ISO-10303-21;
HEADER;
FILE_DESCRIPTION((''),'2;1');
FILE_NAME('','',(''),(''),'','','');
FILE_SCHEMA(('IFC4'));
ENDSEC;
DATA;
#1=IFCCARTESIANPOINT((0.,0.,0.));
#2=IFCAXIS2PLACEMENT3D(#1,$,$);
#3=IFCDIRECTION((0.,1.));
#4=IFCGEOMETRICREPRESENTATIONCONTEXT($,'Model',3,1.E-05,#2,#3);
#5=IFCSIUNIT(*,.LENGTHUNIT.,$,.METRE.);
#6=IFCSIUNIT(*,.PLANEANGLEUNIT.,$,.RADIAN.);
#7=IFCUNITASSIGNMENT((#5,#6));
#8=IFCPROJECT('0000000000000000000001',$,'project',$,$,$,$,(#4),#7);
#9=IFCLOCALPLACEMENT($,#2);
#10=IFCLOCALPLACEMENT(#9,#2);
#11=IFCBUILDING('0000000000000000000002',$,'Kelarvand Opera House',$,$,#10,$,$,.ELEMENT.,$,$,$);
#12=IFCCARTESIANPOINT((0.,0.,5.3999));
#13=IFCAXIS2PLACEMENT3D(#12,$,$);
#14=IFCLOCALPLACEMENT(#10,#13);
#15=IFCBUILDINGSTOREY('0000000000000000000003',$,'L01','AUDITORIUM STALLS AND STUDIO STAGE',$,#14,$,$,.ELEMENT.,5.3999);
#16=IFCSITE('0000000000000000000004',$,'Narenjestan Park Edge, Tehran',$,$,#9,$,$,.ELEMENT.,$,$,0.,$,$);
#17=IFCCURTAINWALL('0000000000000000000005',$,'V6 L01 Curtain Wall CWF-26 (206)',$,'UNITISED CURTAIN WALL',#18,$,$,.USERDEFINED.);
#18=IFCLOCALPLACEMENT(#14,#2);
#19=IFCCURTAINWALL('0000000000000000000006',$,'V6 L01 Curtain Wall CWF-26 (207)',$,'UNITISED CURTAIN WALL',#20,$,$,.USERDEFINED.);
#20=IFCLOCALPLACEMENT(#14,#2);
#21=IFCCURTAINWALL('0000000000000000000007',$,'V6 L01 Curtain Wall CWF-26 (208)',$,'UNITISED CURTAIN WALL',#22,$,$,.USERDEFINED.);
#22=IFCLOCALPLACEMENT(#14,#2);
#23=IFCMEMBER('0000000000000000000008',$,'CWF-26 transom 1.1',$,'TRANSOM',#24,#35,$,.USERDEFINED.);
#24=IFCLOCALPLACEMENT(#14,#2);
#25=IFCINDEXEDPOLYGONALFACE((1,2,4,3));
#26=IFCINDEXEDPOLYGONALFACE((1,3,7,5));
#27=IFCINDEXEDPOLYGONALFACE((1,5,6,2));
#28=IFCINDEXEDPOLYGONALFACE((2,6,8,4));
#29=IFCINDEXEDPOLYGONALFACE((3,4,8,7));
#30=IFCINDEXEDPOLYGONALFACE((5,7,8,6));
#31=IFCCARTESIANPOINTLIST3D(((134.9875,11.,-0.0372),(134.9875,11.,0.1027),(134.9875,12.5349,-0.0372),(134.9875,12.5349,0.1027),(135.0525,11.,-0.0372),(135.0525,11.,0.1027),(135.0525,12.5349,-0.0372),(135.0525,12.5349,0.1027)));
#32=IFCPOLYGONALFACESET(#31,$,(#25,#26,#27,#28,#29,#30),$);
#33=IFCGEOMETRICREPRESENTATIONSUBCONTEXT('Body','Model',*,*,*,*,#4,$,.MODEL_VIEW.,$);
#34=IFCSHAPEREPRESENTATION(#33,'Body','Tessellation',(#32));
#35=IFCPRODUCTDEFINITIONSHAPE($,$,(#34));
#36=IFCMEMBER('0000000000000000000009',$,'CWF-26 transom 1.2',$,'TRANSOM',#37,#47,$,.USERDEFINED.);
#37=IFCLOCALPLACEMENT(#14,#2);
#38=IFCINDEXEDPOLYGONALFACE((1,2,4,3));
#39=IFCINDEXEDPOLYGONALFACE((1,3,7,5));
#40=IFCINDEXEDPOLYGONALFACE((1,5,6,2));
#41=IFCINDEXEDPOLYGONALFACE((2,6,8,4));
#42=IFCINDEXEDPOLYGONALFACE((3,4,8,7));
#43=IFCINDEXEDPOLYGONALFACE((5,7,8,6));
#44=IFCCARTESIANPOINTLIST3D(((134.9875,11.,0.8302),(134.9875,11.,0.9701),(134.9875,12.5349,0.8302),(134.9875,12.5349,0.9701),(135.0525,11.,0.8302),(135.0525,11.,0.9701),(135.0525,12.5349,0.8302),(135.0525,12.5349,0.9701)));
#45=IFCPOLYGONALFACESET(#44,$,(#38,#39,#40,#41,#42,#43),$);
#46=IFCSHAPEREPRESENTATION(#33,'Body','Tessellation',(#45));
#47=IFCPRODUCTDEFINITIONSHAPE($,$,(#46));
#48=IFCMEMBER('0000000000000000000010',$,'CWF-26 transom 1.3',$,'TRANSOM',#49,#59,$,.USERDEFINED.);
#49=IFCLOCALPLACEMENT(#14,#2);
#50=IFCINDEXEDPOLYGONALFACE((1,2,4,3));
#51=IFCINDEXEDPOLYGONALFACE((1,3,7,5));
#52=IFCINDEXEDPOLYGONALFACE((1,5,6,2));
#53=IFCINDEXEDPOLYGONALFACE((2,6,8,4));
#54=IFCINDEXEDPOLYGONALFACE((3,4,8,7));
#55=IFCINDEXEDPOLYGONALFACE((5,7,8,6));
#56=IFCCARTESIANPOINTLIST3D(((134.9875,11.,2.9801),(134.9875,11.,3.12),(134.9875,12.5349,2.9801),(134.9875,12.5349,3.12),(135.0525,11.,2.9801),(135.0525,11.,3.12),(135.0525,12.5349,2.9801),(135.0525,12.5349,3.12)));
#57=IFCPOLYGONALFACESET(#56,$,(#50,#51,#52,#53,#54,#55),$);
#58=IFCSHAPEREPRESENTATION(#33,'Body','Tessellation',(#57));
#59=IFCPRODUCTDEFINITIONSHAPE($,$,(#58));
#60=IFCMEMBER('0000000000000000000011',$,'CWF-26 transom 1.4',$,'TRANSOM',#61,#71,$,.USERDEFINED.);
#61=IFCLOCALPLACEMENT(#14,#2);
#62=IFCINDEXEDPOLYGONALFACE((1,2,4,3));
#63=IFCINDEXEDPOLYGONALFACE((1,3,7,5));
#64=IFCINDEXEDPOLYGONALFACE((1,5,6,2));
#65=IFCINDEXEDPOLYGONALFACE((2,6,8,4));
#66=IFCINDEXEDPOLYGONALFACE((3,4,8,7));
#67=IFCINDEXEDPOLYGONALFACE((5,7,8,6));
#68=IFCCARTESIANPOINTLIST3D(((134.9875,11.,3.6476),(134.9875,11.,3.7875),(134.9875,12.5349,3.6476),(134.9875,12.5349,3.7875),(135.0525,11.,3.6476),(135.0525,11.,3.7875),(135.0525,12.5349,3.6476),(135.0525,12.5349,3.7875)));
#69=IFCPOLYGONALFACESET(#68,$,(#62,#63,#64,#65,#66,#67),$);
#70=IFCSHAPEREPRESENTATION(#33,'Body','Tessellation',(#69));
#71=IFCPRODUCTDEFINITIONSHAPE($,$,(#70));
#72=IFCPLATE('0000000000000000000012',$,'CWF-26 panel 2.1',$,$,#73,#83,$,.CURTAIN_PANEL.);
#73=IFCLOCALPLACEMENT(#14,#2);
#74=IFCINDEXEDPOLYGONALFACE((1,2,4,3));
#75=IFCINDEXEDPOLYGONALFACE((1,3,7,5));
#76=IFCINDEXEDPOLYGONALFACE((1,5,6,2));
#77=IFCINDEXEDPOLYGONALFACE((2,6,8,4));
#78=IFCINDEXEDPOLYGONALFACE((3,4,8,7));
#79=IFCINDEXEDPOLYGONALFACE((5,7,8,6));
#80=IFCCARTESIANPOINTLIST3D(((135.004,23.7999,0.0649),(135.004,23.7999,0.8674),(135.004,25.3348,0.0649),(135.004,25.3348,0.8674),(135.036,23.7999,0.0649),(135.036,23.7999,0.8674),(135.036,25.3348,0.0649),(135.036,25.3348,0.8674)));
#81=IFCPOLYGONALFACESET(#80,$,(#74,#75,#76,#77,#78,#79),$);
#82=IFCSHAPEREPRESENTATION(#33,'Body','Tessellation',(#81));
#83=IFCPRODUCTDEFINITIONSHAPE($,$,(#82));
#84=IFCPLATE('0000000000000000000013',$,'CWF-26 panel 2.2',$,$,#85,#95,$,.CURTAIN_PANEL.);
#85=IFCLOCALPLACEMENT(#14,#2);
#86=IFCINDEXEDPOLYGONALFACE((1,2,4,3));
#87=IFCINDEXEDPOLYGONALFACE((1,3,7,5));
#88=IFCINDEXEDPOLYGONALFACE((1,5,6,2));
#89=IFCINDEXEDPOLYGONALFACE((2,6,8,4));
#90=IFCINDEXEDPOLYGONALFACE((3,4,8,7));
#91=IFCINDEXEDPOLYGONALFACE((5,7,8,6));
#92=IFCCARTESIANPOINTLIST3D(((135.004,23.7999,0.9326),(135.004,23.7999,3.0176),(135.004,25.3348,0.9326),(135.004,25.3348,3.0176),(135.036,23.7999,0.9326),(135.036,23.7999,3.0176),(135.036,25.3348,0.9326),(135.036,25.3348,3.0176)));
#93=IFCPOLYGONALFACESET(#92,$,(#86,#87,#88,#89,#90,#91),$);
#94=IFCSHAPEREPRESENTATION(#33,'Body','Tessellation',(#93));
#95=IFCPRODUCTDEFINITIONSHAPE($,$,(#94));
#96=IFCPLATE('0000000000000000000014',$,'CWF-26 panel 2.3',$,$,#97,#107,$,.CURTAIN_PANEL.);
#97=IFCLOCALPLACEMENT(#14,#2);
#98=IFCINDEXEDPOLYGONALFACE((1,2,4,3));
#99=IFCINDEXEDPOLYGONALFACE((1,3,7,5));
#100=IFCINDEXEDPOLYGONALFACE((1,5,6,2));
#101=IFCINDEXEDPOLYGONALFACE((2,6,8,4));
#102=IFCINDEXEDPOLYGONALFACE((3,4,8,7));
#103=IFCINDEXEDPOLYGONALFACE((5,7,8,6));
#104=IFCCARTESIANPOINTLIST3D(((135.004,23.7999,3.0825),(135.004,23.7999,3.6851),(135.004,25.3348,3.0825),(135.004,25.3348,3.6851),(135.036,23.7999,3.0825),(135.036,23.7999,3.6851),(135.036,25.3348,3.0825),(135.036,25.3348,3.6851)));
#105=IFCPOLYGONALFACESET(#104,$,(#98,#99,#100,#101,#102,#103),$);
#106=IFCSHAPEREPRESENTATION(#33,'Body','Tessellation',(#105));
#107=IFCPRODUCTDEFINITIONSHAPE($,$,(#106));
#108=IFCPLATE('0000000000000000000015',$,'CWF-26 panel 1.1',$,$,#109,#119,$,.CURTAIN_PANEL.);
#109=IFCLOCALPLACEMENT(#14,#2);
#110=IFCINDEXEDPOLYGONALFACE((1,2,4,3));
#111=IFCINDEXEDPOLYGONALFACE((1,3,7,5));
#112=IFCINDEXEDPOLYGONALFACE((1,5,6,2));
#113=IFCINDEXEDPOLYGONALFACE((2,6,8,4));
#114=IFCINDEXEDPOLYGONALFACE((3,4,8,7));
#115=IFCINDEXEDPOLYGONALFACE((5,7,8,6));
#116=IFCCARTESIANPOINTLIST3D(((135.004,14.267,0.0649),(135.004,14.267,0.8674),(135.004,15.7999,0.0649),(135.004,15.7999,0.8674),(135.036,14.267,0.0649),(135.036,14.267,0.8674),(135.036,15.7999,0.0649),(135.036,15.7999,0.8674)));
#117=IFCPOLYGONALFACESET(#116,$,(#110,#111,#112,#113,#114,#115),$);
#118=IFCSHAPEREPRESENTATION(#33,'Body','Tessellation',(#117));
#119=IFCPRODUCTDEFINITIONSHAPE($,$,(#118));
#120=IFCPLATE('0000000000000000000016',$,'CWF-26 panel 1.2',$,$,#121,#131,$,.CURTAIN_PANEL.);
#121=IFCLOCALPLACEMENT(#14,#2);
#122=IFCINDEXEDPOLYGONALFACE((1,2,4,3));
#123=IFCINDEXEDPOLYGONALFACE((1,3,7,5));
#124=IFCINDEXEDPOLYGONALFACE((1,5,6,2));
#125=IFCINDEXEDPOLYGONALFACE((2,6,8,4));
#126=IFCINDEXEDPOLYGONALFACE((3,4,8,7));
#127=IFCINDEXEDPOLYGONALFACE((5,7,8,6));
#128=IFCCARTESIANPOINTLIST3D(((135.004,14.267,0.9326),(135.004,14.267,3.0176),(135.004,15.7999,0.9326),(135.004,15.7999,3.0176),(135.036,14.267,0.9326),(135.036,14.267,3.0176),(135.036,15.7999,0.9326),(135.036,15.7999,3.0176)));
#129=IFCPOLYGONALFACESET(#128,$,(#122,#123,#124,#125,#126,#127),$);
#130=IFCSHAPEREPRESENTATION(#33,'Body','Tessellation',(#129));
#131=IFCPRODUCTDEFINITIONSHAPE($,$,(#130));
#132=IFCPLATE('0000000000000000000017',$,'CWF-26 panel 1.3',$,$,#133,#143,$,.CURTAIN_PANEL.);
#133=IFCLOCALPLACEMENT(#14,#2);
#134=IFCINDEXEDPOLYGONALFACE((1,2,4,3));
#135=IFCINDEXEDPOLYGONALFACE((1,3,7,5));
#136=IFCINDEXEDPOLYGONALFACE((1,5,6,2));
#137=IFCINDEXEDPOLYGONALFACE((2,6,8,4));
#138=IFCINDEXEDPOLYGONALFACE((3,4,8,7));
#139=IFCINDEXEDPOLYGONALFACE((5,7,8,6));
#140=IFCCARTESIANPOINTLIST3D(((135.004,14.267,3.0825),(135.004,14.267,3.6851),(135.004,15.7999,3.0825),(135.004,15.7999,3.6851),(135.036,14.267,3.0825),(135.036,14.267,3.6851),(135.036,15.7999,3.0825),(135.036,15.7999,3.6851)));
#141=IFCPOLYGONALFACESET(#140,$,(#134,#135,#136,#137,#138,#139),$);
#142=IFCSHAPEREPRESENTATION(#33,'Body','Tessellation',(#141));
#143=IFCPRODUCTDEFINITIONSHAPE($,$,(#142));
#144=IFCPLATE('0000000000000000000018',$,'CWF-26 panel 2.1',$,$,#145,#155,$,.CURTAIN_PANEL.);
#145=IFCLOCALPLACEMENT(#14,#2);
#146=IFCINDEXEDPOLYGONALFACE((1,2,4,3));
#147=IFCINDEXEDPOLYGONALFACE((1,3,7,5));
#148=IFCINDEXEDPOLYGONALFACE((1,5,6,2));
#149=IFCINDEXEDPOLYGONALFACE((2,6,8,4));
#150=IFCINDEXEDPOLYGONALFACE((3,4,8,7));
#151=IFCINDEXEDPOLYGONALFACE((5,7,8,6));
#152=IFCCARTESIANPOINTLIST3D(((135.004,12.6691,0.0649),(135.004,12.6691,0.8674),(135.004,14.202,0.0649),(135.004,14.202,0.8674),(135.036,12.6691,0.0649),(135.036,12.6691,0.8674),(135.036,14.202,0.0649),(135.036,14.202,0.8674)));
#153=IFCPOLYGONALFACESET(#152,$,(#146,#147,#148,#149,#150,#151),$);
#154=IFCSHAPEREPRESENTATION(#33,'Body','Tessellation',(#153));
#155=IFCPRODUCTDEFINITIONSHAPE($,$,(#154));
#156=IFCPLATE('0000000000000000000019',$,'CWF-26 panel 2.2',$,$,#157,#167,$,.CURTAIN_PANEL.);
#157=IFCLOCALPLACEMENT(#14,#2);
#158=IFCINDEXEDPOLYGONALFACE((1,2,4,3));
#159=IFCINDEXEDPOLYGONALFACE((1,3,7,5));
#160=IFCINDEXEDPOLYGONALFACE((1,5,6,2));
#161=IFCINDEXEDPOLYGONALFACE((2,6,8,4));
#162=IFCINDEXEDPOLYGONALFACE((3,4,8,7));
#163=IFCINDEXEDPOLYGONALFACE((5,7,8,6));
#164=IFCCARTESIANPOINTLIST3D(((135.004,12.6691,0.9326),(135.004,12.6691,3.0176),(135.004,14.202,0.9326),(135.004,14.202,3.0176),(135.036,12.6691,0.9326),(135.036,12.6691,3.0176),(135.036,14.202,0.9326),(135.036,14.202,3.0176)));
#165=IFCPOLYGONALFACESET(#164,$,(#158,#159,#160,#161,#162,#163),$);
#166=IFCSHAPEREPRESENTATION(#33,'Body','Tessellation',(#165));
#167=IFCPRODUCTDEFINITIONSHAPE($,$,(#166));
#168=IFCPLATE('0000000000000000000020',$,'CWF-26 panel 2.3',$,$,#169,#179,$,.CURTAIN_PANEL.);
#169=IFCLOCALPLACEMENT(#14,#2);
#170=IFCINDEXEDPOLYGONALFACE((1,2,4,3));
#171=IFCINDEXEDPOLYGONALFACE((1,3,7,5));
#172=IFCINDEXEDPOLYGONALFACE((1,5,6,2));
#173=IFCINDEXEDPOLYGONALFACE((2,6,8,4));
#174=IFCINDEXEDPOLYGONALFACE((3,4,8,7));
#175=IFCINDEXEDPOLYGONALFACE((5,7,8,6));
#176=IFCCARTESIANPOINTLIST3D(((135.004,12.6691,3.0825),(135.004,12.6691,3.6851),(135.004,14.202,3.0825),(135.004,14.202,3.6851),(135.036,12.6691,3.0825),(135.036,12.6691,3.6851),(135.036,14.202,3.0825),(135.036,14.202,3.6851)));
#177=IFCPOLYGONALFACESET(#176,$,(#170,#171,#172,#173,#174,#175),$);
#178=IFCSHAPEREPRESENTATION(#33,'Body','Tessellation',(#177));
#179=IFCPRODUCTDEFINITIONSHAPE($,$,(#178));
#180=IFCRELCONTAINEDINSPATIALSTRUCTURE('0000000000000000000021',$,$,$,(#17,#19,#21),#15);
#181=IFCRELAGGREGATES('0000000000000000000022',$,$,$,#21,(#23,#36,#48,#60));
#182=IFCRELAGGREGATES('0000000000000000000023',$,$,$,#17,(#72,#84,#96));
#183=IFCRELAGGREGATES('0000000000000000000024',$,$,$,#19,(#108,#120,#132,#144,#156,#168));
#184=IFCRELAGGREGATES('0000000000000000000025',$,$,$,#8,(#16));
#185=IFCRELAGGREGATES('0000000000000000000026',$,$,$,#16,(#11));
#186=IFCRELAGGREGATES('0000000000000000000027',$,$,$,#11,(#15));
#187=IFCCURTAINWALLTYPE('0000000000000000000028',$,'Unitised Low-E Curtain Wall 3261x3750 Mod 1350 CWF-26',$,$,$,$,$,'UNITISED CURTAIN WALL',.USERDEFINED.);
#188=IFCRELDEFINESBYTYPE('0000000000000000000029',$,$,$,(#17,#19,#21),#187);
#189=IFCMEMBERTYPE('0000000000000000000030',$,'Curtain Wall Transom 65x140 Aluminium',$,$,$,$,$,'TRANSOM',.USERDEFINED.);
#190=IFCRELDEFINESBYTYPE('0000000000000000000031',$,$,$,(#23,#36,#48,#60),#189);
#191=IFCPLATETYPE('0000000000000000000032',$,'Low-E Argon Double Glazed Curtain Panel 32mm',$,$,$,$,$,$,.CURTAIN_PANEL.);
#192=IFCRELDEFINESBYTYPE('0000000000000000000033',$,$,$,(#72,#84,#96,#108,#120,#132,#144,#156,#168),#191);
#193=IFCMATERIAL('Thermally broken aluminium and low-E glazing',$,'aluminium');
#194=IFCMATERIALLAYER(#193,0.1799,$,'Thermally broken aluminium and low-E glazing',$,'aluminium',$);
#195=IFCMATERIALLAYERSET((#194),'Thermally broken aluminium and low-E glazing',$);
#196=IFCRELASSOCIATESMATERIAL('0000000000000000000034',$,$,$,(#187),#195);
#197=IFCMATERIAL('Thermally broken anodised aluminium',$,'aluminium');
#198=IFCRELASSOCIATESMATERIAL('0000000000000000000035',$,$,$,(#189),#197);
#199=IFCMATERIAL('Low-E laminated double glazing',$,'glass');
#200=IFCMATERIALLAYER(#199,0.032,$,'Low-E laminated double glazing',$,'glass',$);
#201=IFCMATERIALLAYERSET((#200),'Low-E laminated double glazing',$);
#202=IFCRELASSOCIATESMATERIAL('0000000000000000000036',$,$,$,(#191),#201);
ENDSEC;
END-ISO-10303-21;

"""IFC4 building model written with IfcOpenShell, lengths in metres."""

from ifc_helpers import new_model, si_unit, direction, frame, origin, origin_2d, place, context, subcontext, project, spatial, rectangle, extrude, material, layer, layer_set, material_profile, profile_set, type_object, element, aggregate, save


model = new_model("IFC4")

# Units and contexts
model_context = context("Model", 3, precision=1e-05, world=origin(), true_north=direction((0.0, 1.0)))
body_context = subcontext(model_context, "Body", "Model", "MODEL_VIEW")
ifc_project = project(units=[si_unit("LENGTHUNIT", "METRE"), si_unit("PLANEANGLEUNIT", "RADIAN")], contexts=[model_context])

# Site, building, storey
site_placement = place(None, origin())
site = spatial("IfcSite", under=ifc_project, at=site_placement, Name="Narenjestan Park Edge, Tehran", CompositionType="ELEMENT", RefElevation=0.0)
building_placement = place(site_placement, origin())
building = spatial("IfcBuilding", under=site, at=building_placement, Name="Kelarvand Opera House", CompositionType="ELEMENT")
storey_placement = place(building_placement, frame((0.0, 0.0, 5.3999)))
storey = spatial("IfcBuildingStorey", under=building, at=storey_placement, Name="L01", Description="AUDITORIUM STALLS AND STUDIO STAGE", CompositionType="ELEMENT", Elevation=5.3999)

# Curtain wall
ifc_material_1 = material(Name="Thermally broken aluminium and low-E glazing", Category="aluminium")
ifc_layer_1 = layer(ifc_material_1, 0.1799, Name="Thermally broken aluminium and low-E glazing", Category="aluminium")
ifc_layer_set_1 = layer_set([ifc_layer_1], Name="Thermally broken aluminium and low-E glazing")
curtain_wall_type = type_object("IfcCurtainWallType", Name="Unitised Low-E Curtain Wall 3261x3750 Mod 1350 CWF-26", ElementType="UNITISED CURTAIN WALL", PredefinedType="USERDEFINED", material=ifc_layer_set_1)
curtain_wall_1_placement = place(storey_placement, origin())
curtain_wall_1 = element("IfcCurtainWall", 1, at=curtain_wall_1_placement, inside=storey, type_object=curtain_wall_type, Name="V6 L01 Curtain Wall CWF-26 (206)", ObjectType="UNITISED CURTAIN WALL", PredefinedType="USERDEFINED")
ifc_material_2 = material(Name="Thermally broken anodised aluminium", Category="aluminium")

# Curtain wall
curtain_wall_2_placement = place(storey_placement, origin())
curtain_wall_2 = element("IfcCurtainWall", 2, at=curtain_wall_2_placement, inside=storey, type_object=curtain_wall_type, Name="V6 L01 Curtain Wall CWF-26 (207)", ObjectType="UNITISED CURTAIN WALL", PredefinedType="USERDEFINED")

# Curtain wall
curtain_wall_3_placement = place(storey_placement, origin())
curtain_wall_3 = element("IfcCurtainWall", 3, at=curtain_wall_3_placement, inside=storey, type_object=curtain_wall_type, Name="V6 L01 Curtain Wall CWF-26 (208)", ObjectType="UNITISED CURTAIN WALL", PredefinedType="USERDEFINED")

# Members
ifc_material_profile_1 = material_profile(ifc_material_2, rectangle(XDim=0.0649, YDim=0.1399, at=origin_2d()), Name="ALU TRANSOM 65x140", Category="aluminium")
ifc_profile_set_1 = profile_set([ifc_material_profile_1], Name="Thermally broken anodised aluminium")
member_type_1 = type_object("IfcMemberType", Name="Curtain Wall Transom 65x140 Aluminium", ElementType="TRANSOM", PredefinedType="USERDEFINED", material=ifc_profile_set_1)
member_1_placement = place(storey_placement, frame((135.02, 12.5349, 0.0327), z_axis=(0.0, -1.0, 0.0), x_axis=(1.0, 0.0, 0.0)))
member_1 = element("IfcMember", 4, at=member_1_placement, type_object=member_type_1, Name="CWF-26 transom 1.1", ObjectType="TRANSOM", PredefinedType="USERDEFINED", context=body_context, shape_type="SweptSolid", body=[
    extrude(rectangle(XDim=0.0649, YDim=0.1399, at=origin_2d()), origin(), (0.0, 0.0, 1.0), 1.5349),
])
member_2_placement = place(storey_placement, frame((135.02, 12.5349, 0.9001), z_axis=(0.0, -1.0, 0.0), x_axis=(1.0, 0.0, 0.0)))
member_2 = element("IfcMember", 5, at=member_2_placement, type_object=member_type_1, Name="CWF-26 transom 1.2", ObjectType="TRANSOM", PredefinedType="USERDEFINED", context=body_context, shape_type="SweptSolid", body=[
    extrude(rectangle(XDim=0.0649, YDim=0.1399, at=origin_2d()), origin(), (0.0, 0.0, 1.0), 1.5349),
])
member_3_placement = place(storey_placement, frame((135.02, 12.5349, 3.05), z_axis=(0.0, -1.0, 0.0), x_axis=(1.0, 0.0, 0.0)))
member_3 = element("IfcMember", 6, at=member_3_placement, type_object=member_type_1, Name="CWF-26 transom 1.3", ObjectType="TRANSOM", PredefinedType="USERDEFINED", context=body_context, shape_type="SweptSolid", body=[
    extrude(rectangle(XDim=0.0649, YDim=0.1399, at=origin_2d()), origin(), (0.0, 0.0, 1.0), 1.5349),
])
member_4_placement = place(storey_placement, frame((135.02, 12.5349, 3.7175), z_axis=(0.0, -1.0, 0.0), x_axis=(1.0, 0.0, 0.0)))
member_4 = element("IfcMember", 7, at=member_4_placement, type_object=member_type_1, Name="CWF-26 transom 1.4", ObjectType="TRANSOM", PredefinedType="USERDEFINED", context=body_context, shape_type="SweptSolid", body=[
    extrude(rectangle(XDim=0.0649, YDim=0.1399, at=origin_2d()), origin(), (0.0, 0.0, 1.0), 1.5349),
])
aggregate(curtain_wall_3, [member_1, member_2, member_3, member_4])

# Plates
ifc_material_3 = material(Name="Low-E laminated double glazing", Category="glass")
ifc_layer_2 = layer(ifc_material_3, 0.032, Name="Low-E laminated double glazing", Category="glass")
ifc_layer_set_2 = layer_set([ifc_layer_2], Name="Low-E laminated double glazing")
plate_type = type_object("IfcPlateType", Name="Low-E Argon Double Glazed Curtain Panel 32mm", PredefinedType="CURTAIN_PANEL", material=ifc_layer_set_2)
plate_1_placement = place(storey_placement, frame((135.02, 24.5674, 0.0649), z_axis=(0.0, 0.0, 1.0), x_axis=(0.0, -1.0, 0.0)))
plate_1 = element("IfcPlate", 8, at=plate_1_placement, type_object=plate_type, Name="CWF-26 panel 2.1", PredefinedType="CURTAIN_PANEL", context=body_context, shape_type="SweptSolid", body=[
    extrude(rectangle(XDim=1.5349, YDim=0.032, at=origin_2d()), origin(), (0.0, 0.0, 1.0), 0.8025),
])
plate_2_placement = place(storey_placement, frame((135.02, 24.5674, 0.9326), z_axis=(0.0, 0.0, 1.0), x_axis=(0.0, -1.0, 0.0)))
plate_2 = element("IfcPlate", 9, at=plate_2_placement, type_object=plate_type, Name="CWF-26 panel 2.2", PredefinedType="CURTAIN_PANEL", context=body_context, shape_type="SweptSolid", body=[
    extrude(rectangle(XDim=1.5349, YDim=0.032, at=origin_2d()), origin(), (0.0, 0.0, 1.0), 2.085),
])
plate_3_placement = place(storey_placement, frame((135.02, 24.5674, 3.0825), z_axis=(0.0, 0.0, 1.0), x_axis=(0.0, -1.0, 0.0)))
plate_3 = element("IfcPlate", 10, at=plate_3_placement, type_object=plate_type, Name="CWF-26 panel 2.3", PredefinedType="CURTAIN_PANEL", context=body_context, shape_type="SweptSolid", body=[
    extrude(rectangle(XDim=1.5349, YDim=0.032, at=origin_2d()), origin(), (0.0, 0.0, 1.0), 0.6025),
])
aggregate(curtain_wall_1, [plate_1, plate_2, plate_3])
plate_4_placement = place(storey_placement, frame((135.02, 15.0334, 0.0649), z_axis=(0.0, 0.0, 1.0), x_axis=(0.0, -1.0, 0.0)))
plate_4 = element("IfcPlate", 11, at=plate_4_placement, type_object=plate_type, Name="CWF-26 panel 1.1", PredefinedType="CURTAIN_PANEL", context=body_context, shape_type="SweptSolid", body=[
    extrude(rectangle(XDim=1.533, YDim=0.032, at=origin_2d()), origin(), (0.0, 0.0, 1.0), 0.8025),
])
plate_5_placement = place(storey_placement, frame((135.02, 15.0334, 0.9326), z_axis=(0.0, 0.0, 1.0), x_axis=(0.0, -1.0, 0.0)))
plate_5 = element("IfcPlate", 12, at=plate_5_placement, type_object=plate_type, Name="CWF-26 panel 1.2", PredefinedType="CURTAIN_PANEL", context=body_context, shape_type="SweptSolid", body=[
    extrude(rectangle(XDim=1.533, YDim=0.032, at=origin_2d()), origin(), (0.0, 0.0, 1.0), 2.085),
])
plate_6_placement = place(storey_placement, frame((135.02, 15.0334, 3.0825), z_axis=(0.0, 0.0, 1.0), x_axis=(0.0, -1.0, 0.0)))
plate_6 = element("IfcPlate", 13, at=plate_6_placement, type_object=plate_type, Name="CWF-26 panel 1.3", PredefinedType="CURTAIN_PANEL", context=body_context, shape_type="SweptSolid", body=[
    extrude(rectangle(XDim=1.533, YDim=0.032, at=origin_2d()), origin(), (0.0, 0.0, 1.0), 0.6025),
])
plate_7_placement = place(storey_placement, frame((135.02, 13.4355, 0.0649), z_axis=(0.0, 0.0, 1.0), x_axis=(0.0, -1.0, 0.0)))
plate_7 = element("IfcPlate", 14, at=plate_7_placement, type_object=plate_type, Name="CWF-26 panel 2.1", PredefinedType="CURTAIN_PANEL", context=body_context, shape_type="SweptSolid", body=[
    extrude(rectangle(XDim=1.533, YDim=0.032, at=origin_2d()), origin(), (0.0, 0.0, 1.0), 0.8025),
])
plate_8_placement = place(storey_placement, frame((135.02, 13.4355, 0.9326), z_axis=(0.0, 0.0, 1.0), x_axis=(0.0, -1.0, 0.0)))
plate_8 = element("IfcPlate", 15, at=plate_8_placement, type_object=plate_type, Name="CWF-26 panel 2.2", PredefinedType="CURTAIN_PANEL", context=body_context, shape_type="SweptSolid", body=[
    extrude(rectangle(XDim=1.533, YDim=0.032, at=origin_2d()), origin(), (0.0, 0.0, 1.0), 2.085),
])
plate_9_placement = place(storey_placement, frame((135.02, 13.4355, 3.0825), z_axis=(0.0, 0.0, 1.0), x_axis=(0.0, -1.0, 0.0)))
plate_9 = element("IfcPlate", 16, at=plate_9_placement, type_object=plate_type, Name="CWF-26 panel 2.3", PredefinedType="CURTAIN_PANEL", context=body_context, shape_type="SweptSolid", body=[
    extrude(rectangle(XDim=1.533, YDim=0.032, at=origin_2d()), origin(), (0.0, 0.0, 1.0), 0.6025),
])
aggregate(curtain_wall_2, [plate_4, plate_5, plate_6, plate_7, plate_8, plate_9])

save(model, "model.ifc")
